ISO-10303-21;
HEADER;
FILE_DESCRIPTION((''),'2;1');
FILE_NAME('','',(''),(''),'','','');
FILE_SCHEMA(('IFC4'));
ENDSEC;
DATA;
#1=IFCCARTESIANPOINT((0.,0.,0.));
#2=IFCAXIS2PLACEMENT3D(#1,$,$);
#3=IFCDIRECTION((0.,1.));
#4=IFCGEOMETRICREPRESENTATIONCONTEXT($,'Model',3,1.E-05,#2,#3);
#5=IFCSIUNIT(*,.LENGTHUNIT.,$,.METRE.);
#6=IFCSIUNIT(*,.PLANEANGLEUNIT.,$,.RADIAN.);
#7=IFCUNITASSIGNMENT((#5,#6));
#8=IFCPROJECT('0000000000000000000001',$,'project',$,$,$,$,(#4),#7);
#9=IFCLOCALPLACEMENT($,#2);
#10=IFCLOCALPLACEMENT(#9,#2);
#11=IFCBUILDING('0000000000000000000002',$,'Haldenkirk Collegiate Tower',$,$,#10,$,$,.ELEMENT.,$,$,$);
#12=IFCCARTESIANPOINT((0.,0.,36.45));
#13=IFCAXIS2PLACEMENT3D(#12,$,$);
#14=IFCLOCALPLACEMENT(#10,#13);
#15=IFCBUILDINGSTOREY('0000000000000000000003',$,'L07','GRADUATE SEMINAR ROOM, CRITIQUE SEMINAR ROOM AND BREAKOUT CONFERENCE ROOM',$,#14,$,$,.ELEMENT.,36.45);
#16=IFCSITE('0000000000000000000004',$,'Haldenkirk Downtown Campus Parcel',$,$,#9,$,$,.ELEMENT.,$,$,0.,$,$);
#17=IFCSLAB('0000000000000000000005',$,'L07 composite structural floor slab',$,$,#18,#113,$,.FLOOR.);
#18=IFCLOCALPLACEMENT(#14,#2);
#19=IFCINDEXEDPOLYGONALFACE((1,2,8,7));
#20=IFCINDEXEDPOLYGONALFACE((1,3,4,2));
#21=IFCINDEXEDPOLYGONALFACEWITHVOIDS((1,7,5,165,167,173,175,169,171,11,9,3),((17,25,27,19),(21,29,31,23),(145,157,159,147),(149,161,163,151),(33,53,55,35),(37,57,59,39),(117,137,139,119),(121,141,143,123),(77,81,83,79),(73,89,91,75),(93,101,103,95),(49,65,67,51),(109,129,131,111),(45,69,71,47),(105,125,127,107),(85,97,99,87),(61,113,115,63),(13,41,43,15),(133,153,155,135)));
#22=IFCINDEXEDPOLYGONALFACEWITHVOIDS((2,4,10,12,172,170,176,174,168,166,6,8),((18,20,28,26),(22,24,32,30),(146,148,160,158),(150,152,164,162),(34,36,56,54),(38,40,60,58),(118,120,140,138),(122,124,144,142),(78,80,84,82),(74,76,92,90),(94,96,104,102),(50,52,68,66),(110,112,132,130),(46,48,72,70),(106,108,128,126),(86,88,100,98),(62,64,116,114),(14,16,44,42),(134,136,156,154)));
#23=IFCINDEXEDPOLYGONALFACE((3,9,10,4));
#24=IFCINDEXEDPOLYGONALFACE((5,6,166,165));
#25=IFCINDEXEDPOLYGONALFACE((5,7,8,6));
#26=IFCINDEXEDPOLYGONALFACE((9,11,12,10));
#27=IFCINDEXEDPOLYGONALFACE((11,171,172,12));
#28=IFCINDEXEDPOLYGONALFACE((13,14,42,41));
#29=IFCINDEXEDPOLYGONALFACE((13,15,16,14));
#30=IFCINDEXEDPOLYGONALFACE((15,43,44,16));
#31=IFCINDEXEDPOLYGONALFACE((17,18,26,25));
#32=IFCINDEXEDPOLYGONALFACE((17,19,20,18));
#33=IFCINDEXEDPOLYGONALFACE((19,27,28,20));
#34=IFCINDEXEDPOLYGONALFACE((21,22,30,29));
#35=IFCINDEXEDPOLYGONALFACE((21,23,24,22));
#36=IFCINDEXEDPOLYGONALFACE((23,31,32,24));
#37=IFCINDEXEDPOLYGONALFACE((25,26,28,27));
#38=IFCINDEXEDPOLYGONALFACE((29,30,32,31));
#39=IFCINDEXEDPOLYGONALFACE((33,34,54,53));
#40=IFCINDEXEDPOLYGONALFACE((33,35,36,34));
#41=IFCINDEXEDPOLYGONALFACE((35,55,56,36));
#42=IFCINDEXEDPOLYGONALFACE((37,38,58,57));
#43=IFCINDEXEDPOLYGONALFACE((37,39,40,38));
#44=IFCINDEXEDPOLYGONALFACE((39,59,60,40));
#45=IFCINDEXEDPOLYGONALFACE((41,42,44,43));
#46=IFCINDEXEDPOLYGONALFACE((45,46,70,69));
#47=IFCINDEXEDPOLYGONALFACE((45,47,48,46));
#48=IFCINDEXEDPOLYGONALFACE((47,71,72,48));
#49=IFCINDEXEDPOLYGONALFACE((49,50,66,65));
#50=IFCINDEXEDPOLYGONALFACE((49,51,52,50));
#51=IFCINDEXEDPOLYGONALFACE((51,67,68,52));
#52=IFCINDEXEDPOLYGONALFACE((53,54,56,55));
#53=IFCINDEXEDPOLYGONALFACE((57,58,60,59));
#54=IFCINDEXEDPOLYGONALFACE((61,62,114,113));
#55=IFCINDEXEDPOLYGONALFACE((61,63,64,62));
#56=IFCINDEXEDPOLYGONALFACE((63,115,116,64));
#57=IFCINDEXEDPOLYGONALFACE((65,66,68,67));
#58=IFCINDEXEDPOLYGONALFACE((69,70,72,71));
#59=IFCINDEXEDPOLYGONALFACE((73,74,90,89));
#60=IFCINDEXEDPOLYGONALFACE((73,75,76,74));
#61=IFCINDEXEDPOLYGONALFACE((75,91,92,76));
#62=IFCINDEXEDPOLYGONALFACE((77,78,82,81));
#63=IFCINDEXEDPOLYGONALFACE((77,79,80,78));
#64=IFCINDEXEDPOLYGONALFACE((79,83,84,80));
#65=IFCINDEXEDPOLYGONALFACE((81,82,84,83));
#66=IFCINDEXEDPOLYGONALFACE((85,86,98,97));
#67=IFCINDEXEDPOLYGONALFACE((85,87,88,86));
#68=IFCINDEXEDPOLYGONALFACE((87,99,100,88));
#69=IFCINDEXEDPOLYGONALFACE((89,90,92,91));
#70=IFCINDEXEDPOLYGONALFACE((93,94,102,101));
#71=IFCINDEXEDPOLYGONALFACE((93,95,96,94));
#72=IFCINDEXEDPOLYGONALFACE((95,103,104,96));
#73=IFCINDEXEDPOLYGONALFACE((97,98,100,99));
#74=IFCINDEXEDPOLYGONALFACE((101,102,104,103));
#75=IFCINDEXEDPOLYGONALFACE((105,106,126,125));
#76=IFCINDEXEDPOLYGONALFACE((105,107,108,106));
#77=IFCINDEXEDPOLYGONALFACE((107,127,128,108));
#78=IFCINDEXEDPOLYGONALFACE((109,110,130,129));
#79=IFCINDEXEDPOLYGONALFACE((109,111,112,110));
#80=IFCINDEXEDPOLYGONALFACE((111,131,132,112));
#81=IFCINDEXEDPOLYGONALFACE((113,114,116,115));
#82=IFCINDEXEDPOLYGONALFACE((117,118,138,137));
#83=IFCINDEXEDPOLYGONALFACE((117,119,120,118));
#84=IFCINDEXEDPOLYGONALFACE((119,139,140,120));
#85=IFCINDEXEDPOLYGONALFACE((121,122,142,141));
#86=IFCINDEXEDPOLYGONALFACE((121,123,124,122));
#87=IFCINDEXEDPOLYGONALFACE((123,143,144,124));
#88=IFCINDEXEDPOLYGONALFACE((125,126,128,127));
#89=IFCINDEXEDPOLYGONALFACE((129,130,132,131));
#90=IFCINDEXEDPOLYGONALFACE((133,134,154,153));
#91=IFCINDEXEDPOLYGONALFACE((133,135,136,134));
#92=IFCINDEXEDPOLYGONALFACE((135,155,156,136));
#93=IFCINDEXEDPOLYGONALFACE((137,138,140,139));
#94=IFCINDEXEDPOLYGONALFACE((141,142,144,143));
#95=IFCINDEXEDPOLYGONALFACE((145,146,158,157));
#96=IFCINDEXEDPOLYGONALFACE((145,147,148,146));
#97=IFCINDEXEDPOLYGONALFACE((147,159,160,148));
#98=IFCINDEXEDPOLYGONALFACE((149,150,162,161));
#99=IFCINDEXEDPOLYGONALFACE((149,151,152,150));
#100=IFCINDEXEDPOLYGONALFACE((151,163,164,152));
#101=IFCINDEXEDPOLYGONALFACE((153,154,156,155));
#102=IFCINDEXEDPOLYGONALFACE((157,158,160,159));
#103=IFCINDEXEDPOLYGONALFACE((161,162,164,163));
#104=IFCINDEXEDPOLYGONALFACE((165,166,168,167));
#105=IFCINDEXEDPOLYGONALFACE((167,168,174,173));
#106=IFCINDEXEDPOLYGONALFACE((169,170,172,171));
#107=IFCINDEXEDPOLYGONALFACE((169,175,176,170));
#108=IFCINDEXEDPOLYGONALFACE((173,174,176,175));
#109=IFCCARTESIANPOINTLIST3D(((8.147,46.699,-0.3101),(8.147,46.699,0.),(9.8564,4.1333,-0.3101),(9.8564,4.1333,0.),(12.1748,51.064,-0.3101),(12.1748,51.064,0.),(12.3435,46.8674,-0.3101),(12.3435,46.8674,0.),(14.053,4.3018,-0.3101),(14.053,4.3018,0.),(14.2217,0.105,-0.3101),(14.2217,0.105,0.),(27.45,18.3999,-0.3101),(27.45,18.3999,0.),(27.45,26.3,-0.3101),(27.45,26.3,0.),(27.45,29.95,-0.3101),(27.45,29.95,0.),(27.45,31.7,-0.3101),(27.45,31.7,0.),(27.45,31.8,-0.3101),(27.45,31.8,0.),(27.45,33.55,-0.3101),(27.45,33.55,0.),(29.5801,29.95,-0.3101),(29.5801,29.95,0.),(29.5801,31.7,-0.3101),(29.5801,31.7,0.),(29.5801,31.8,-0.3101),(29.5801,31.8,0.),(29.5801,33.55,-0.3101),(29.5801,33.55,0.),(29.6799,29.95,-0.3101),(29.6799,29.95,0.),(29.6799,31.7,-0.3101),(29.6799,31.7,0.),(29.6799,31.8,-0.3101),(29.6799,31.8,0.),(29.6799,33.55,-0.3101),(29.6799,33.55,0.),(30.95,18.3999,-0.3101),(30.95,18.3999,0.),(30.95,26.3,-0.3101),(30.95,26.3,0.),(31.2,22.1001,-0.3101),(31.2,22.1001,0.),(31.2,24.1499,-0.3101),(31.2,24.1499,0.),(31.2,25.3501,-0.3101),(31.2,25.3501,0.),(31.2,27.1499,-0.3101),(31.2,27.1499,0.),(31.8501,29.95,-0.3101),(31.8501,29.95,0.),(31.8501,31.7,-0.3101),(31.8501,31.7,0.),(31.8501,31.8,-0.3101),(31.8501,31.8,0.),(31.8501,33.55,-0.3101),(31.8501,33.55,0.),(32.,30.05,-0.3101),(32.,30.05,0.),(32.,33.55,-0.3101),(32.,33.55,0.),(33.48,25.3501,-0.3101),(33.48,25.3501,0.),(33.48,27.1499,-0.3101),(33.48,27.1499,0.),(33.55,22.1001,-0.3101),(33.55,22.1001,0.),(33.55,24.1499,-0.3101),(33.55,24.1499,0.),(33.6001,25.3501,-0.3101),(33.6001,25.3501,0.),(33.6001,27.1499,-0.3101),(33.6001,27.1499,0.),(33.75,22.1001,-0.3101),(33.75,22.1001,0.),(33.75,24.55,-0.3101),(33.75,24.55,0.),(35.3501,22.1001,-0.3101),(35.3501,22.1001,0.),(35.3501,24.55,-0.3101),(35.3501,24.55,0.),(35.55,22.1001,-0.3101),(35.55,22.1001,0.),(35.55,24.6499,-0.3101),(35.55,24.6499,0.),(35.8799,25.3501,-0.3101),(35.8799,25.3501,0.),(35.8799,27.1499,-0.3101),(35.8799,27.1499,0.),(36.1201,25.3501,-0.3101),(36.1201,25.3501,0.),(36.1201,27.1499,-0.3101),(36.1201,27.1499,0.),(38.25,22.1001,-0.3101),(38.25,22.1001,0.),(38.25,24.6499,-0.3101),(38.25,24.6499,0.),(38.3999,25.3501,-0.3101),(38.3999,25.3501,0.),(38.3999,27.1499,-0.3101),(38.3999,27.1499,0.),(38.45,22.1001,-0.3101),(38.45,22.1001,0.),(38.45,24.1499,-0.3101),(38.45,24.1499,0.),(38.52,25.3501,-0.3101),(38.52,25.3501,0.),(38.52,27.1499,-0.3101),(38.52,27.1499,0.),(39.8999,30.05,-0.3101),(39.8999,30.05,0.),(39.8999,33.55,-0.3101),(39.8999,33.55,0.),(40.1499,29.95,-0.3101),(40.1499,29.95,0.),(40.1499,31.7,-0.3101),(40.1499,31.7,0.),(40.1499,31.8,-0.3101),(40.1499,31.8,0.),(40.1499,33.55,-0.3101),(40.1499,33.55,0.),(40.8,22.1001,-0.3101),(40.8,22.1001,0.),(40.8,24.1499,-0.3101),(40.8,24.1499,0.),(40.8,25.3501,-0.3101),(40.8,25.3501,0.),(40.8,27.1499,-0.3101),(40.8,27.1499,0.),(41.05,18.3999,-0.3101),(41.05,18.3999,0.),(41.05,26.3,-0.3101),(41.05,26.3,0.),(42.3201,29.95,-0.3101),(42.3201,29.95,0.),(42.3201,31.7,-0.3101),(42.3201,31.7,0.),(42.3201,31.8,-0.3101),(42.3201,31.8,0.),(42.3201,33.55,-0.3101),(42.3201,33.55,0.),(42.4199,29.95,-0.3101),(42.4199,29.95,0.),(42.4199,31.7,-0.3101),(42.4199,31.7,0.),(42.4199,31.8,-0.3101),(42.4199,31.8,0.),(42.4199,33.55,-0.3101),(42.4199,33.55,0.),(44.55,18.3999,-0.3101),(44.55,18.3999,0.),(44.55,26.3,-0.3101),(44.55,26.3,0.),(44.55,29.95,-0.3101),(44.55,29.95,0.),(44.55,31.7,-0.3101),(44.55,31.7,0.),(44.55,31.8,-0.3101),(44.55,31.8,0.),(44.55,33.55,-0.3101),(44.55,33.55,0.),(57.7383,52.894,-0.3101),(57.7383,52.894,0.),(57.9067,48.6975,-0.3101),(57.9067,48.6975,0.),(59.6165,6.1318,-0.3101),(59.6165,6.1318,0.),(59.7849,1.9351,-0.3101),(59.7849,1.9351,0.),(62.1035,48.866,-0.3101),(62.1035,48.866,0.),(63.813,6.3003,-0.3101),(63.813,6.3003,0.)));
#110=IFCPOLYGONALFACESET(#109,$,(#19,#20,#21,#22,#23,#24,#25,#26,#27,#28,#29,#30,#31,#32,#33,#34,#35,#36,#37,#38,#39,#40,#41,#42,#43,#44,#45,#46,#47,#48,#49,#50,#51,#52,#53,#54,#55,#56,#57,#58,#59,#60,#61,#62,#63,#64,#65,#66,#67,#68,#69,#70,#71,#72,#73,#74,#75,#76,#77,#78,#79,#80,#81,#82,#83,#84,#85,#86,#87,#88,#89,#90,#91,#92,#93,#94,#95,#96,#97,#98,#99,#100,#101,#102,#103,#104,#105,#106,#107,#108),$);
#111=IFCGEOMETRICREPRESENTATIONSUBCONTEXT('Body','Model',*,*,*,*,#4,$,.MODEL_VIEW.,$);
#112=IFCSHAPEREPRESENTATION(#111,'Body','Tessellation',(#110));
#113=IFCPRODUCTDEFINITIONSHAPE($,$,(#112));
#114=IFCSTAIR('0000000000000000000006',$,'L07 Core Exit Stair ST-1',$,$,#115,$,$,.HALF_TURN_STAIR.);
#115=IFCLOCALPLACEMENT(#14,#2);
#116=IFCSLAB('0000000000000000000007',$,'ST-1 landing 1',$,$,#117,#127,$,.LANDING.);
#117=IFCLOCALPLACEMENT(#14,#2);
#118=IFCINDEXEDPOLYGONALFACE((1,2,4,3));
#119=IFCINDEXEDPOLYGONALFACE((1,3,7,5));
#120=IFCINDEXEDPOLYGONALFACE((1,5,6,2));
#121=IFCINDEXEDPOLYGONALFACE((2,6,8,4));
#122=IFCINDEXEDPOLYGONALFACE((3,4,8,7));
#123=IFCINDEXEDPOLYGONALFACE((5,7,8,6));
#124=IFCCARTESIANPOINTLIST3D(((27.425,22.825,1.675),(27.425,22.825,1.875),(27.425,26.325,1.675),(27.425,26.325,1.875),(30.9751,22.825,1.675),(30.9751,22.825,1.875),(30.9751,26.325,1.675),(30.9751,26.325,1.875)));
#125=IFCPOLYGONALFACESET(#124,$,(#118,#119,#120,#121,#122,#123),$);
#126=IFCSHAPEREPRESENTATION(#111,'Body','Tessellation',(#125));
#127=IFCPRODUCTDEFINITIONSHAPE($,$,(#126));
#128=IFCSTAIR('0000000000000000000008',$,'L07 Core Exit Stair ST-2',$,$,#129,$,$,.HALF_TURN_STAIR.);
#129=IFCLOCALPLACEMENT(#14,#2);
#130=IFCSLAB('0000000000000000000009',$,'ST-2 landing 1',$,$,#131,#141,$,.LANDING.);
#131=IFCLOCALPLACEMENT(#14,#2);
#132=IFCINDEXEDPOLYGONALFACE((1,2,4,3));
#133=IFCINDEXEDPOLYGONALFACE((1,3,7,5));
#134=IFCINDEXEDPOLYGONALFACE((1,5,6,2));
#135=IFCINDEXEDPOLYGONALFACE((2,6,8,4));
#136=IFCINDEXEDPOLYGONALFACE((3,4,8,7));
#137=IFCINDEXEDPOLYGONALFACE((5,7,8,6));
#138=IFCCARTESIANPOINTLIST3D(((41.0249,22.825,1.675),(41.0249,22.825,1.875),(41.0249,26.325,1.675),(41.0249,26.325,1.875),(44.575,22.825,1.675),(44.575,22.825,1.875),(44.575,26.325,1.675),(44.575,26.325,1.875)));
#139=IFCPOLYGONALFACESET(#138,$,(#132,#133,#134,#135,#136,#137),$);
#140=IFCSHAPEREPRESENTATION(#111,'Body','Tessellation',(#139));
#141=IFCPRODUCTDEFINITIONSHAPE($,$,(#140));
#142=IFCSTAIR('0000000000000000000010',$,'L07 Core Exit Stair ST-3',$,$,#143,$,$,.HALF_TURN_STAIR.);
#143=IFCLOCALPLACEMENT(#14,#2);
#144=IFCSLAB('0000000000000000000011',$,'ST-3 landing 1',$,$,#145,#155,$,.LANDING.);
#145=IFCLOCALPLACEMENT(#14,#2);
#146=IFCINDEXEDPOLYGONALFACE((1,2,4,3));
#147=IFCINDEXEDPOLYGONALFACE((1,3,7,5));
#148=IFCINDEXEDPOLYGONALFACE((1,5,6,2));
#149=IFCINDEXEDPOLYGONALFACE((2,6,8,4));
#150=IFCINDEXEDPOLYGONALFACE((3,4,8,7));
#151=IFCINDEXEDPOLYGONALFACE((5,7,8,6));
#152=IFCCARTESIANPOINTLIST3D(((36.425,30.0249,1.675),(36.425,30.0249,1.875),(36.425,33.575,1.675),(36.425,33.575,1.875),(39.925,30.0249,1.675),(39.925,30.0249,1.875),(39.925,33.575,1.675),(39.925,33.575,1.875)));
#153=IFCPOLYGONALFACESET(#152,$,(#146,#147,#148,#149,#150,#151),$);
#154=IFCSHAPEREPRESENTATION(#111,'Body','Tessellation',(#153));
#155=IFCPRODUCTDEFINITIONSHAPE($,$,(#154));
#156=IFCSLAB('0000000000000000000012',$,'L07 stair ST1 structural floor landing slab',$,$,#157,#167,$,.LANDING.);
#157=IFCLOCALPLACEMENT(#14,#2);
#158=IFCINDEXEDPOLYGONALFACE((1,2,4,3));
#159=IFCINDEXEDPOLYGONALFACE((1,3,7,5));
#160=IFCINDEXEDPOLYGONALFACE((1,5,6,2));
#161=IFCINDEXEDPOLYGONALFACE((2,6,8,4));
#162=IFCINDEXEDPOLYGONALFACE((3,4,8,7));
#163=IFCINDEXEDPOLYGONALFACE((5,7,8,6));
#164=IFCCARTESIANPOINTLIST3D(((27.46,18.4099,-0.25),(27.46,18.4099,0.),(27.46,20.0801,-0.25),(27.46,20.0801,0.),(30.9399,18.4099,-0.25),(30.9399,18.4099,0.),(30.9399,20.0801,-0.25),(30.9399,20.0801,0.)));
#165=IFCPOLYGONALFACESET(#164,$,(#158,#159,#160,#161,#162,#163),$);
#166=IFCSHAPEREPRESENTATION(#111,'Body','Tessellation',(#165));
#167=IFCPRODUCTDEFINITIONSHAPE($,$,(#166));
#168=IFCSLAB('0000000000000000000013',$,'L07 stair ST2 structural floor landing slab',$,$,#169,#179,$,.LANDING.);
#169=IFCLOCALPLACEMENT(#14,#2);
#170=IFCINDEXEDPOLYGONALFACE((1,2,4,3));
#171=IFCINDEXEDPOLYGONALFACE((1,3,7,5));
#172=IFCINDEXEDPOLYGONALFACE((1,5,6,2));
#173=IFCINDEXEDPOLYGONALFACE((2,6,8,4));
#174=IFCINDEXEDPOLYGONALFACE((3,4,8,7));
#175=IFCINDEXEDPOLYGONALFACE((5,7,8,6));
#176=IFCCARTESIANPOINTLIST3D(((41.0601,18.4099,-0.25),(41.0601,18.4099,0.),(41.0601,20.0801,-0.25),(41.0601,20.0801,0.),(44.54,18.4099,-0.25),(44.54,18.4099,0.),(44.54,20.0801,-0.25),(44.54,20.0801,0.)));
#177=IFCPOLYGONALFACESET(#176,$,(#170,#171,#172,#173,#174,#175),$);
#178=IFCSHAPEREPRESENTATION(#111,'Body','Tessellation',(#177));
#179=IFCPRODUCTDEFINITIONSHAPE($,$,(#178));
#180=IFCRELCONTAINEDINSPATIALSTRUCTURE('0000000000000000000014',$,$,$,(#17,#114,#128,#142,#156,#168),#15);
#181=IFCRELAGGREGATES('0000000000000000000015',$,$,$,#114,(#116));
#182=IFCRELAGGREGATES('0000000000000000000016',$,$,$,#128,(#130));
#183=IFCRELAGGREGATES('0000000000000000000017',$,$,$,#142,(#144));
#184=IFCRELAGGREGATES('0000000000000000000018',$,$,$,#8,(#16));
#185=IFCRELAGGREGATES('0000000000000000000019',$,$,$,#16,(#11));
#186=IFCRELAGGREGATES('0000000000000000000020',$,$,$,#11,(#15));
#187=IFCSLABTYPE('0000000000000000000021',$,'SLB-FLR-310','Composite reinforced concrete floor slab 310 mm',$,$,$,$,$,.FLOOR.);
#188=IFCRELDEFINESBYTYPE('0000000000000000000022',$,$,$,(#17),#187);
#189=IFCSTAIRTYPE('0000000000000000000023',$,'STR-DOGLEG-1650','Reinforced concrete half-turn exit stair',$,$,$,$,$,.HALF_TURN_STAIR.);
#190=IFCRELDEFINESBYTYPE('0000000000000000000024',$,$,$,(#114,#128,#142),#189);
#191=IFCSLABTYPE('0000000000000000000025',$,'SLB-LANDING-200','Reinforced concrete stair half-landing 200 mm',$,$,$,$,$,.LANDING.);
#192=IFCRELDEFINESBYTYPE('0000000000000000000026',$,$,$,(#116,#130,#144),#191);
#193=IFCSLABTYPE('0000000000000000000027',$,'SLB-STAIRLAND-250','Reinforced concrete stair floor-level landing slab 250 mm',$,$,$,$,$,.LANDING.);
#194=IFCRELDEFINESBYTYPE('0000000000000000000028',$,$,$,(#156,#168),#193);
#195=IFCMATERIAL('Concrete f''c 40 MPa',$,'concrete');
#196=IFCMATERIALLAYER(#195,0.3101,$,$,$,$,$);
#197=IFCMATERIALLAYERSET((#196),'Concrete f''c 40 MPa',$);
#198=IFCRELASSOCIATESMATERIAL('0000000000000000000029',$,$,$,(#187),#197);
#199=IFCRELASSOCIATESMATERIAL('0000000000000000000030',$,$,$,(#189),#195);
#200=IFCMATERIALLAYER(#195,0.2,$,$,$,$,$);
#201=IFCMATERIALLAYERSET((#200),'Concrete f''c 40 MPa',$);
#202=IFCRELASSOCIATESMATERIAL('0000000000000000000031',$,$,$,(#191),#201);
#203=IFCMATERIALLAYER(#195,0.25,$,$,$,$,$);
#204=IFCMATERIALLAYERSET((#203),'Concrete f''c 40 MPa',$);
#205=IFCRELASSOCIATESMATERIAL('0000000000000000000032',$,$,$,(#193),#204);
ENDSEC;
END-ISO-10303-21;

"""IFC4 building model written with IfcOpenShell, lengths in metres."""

from ifc_helpers import new_model, si_unit, direction, frame, origin, place, context, subcontext, project, spatial, polyline, outline, extrude, material, layer, layer_set, type_object, element, aggregate, save


model = new_model("IFC4")

# Units and contexts
model_context = context("Model", 3, precision=1e-05, world=origin(), true_north=direction((0.0, 1.0)))
body_context = subcontext(model_context, "Body", "Model", "MODEL_VIEW")
ifc_project = project(units=[si_unit("LENGTHUNIT", "METRE"), si_unit("PLANEANGLEUNIT", "RADIAN")], contexts=[model_context])

# Site, building, storey
site_placement = place(None, origin())
site = spatial("IfcSite", under=ifc_project, at=site_placement, Name="Haldenkirk Downtown Campus Parcel", CompositionType="ELEMENT", RefElevation=0.0)
building_placement = place(site_placement, origin())
building = spatial("IfcBuilding", under=site, at=building_placement, Name="Haldenkirk Collegiate Tower", CompositionType="ELEMENT")
storey_placement = place(building_placement, frame((0.0, 0.0, 36.45)))
storey = spatial("IfcBuildingStorey", under=building, at=storey_placement, Name="L07", Description="GRADUATE SEMINAR ROOM, CRITIQUE SEMINAR ROOM AND BREAKOUT CONFERENCE ROOM", CompositionType="ELEMENT", Elevation=36.45)

# Slab
ifc_material_1 = material(Name="Concrete f'c 40 MPa", Category="concrete")
ifc_layer_1 = layer(ifc_material_1, 0.3101)
ifc_layer_set_1 = layer_set([ifc_layer_1], Name="Concrete f'c 40 MPa")
slab_type_1 = type_object("IfcSlabType", Name="SLB-FLR-310", Description="Composite reinforced concrete floor slab 310 mm", PredefinedType="FLOOR", material=ifc_layer_set_1)
slab_1_placement = place(storey_placement, frame((0.0, 0.0, -0.3101)))
element("IfcSlab", 1, at=slab_1_placement, inside=storey, type_object=slab_type_1, Name="L07 composite structural floor slab", PredefinedType="FLOOR", context=body_context, shape_type="SweptSolid", body=[
    extrude(outline(polyline([(14.2217, 0.105), (59.7849, 1.9351), (59.6165, 6.1318), (63.813, 6.3003), (62.1035, 48.866), (57.9067, 48.6975), (57.7383, 52.894), (12.1748, 51.064), (12.3435, 46.8674), (8.147, 46.699), (9.8564, 4.1333), (14.053, 4.3018), (14.2217, 0.105)]), holes=[polyline([(27.45, 18.3999), (30.95, 18.3999), (30.95, 26.3), (27.45, 26.3), (27.45, 18.3999)]), polyline([(41.05, 18.3999), (44.55, 18.3999), (44.55, 26.3), (41.05, 26.3), (41.05, 18.3999)]), polyline([(32.0, 30.05), (39.8999, 30.05), (39.8999, 33.55), (32.0, 33.55), (32.0, 30.05)]), polyline([(33.75, 22.1001), (35.3501, 22.1001), (35.3501, 24.55), (33.75, 24.55), (33.75, 22.1001)]), polyline([(27.45, 29.95), (29.5801, 29.95), (29.5801, 31.7), (27.45, 31.7), (27.45, 29.95)]), polyline([(29.6799, 29.95), (31.8501, 29.95), (31.8501, 31.7), (29.6799, 31.7), (29.6799, 29.95)]), polyline([(27.45, 31.8), (29.5801, 31.8), (29.5801, 33.55), (27.45, 33.55), (27.45, 31.8)]), polyline([(29.6799, 31.8), (31.8501, 31.8), (31.8501, 33.55), (29.6799, 33.55), (29.6799, 31.8)]), polyline([(40.1499, 29.95), (42.3201, 29.95), (42.3201, 31.7), (40.1499, 31.7), (40.1499, 29.95)]), polyline([(42.4199, 29.95), (44.55, 29.95), (44.55, 31.7), (42.4199, 31.7), (42.4199, 29.95)]), polyline([(40.1499, 31.8), (42.3201, 31.8), (42.3201, 33.55), (40.1499, 33.55), (40.1499, 31.8)]), polyline([(42.4199, 31.8), (44.55, 31.8), (44.55, 33.55), (42.4199, 33.55), (42.4199, 31.8)]), polyline([(31.2, 25.3501), (33.48, 25.3501), (33.48, 27.1499), (31.2, 27.1499), (31.2, 25.3501)]), polyline([(33.6001, 25.3501), (35.8799, 25.3501), (35.8799, 27.1499), (33.6001, 27.1499), (33.6001, 25.3501)]), polyline([(36.1201, 25.3501), (38.3999, 25.3501), (38.3999, 27.1499), (36.1201, 27.1499), (36.1201, 25.3501)]), polyline([(38.52, 25.3501), (40.8, 25.3501), (40.8, 27.1499), (38.52, 27.1499), (38.52, 25.3501)]), polyline([(31.2, 22.1001), (33.55, 22.1001), (33.55, 24.1499), (31.2, 24.1499), (31.2, 22.1001)]), polyline([(38.45, 22.1001), (40.8, 22.1001), (40.8, 24.1499), (38.45, 24.1499), (38.45, 22.1001)]), polyline([(35.55, 22.1001), (38.25, 22.1001), (38.25, 24.6499), (35.55, 24.6499), (35.55, 22.1001)])]), origin(), (0.0, 0.0, 1.0), 0.3101),
])

# Stairs, slabs
stair_type = type_object("IfcStairType", Name="STR-DOGLEG-1650", Description="Reinforced concrete half-turn exit stair", PredefinedType="HALF_TURN_STAIR", material=ifc_material_1)
stair_1_placement = place(storey_placement, origin())
stair_1 = element("IfcStair", 2, at=stair_1_placement, inside=storey, type_object=stair_type, Name="L07 Core Exit Stair ST-1", PredefinedType="HALF_TURN_STAIR")
ifc_layer_2 = layer(ifc_material_1, 0.2)
ifc_layer_set_2 = layer_set([ifc_layer_2], Name="Concrete f'c 40 MPa")
slab_type_2 = type_object("IfcSlabType", Name="SLB-LANDING-200", Description="Reinforced concrete stair half-landing 200 mm", PredefinedType="LANDING", material=ifc_layer_set_2)
slab_2_placement = place(storey_placement, frame((0.0, 0.0, 1.675)))
slab_2 = element("IfcSlab", 3, at=slab_2_placement, type_object=slab_type_2, Name="ST-1 landing 1", PredefinedType="LANDING", context=body_context, shape_type="SweptSolid", body=[
    extrude(outline(polyline([(30.9751, 22.825), (27.425, 22.825), (27.425, 26.325), (30.9751, 26.325), (30.9751, 22.825)])), origin(), (0.0, 0.0, 1.0), 0.2),
])
aggregate(stair_1, [slab_2])
stair_2_placement = place(storey_placement, origin())
stair_2 = element("IfcStair", 4, at=stair_2_placement, inside=storey, type_object=stair_type, Name="L07 Core Exit Stair ST-2", PredefinedType="HALF_TURN_STAIR")
slab_3_placement = place(storey_placement, frame((0.0, 0.0, 1.675)))
slab_3 = element("IfcSlab", 5, at=slab_3_placement, type_object=slab_type_2, Name="ST-2 landing 1", PredefinedType="LANDING", context=body_context, shape_type="SweptSolid", body=[
    extrude(outline(polyline([(44.575, 22.825), (41.0249, 22.825), (41.0249, 26.325), (44.575, 26.325), (44.575, 22.825)])), origin(), (0.0, 0.0, 1.0), 0.2),
])
aggregate(stair_2, [slab_3])
stair_3_placement = place(storey_placement, origin())
stair_3 = element("IfcStair", 6, at=stair_3_placement, inside=storey, type_object=stair_type, Name="L07 Core Exit Stair ST-3", PredefinedType="HALF_TURN_STAIR")
slab_4_placement = place(storey_placement, frame((0.0, 0.0, 1.675)))
slab_4 = element("IfcSlab", 7, at=slab_4_placement, type_object=slab_type_2, Name="ST-3 landing 1", PredefinedType="LANDING", context=body_context, shape_type="SweptSolid", body=[
    extrude(outline(polyline([(36.425, 30.0249), (36.425, 33.575), (39.925, 33.575), (39.925, 30.0249), (36.425, 30.0249)])), origin(), (0.0, 0.0, 1.0), 0.2),
])
aggregate(stair_3, [slab_4])

# Slabs
ifc_layer_3 = layer(ifc_material_1, 0.25)
ifc_layer_set_3 = layer_set([ifc_layer_3], Name="Concrete f'c 40 MPa")
slab_type_3 = type_object("IfcSlabType", Name="SLB-STAIRLAND-250", Description="Reinforced concrete stair floor-level landing slab 250 mm", PredefinedType="LANDING", material=ifc_layer_set_3)
slab_5_placement = place(storey_placement, frame((0.0, 0.0, -0.25)))
element("IfcSlab", 8, at=slab_5_placement, inside=storey, type_object=slab_type_3, Name="L07 stair ST1 structural floor landing slab", PredefinedType="LANDING", context=body_context, shape_type="SweptSolid", body=[
    extrude(outline(polyline([(27.46, 18.4099), (30.9399, 18.4099), (30.9399, 20.0801), (27.46, 20.0801), (27.46, 18.4099)])), origin(), (0.0, 0.0, 1.0), 0.25),
])
slab_6_placement = place(storey_placement, frame((0.0, 0.0, -0.25)))
element("IfcSlab", 9, at=slab_6_placement, inside=storey, type_object=slab_type_3, Name="L07 stair ST2 structural floor landing slab", PredefinedType="LANDING", context=body_context, shape_type="SweptSolid", body=[
    extrude(outline(polyline([(41.0601, 18.4099), (44.54, 18.4099), (44.54, 20.0801), (41.0601, 20.0801), (41.0601, 18.4099)])), origin(), (0.0, 0.0, 1.0), 0.25),
])

save(model, "model.ifc")
